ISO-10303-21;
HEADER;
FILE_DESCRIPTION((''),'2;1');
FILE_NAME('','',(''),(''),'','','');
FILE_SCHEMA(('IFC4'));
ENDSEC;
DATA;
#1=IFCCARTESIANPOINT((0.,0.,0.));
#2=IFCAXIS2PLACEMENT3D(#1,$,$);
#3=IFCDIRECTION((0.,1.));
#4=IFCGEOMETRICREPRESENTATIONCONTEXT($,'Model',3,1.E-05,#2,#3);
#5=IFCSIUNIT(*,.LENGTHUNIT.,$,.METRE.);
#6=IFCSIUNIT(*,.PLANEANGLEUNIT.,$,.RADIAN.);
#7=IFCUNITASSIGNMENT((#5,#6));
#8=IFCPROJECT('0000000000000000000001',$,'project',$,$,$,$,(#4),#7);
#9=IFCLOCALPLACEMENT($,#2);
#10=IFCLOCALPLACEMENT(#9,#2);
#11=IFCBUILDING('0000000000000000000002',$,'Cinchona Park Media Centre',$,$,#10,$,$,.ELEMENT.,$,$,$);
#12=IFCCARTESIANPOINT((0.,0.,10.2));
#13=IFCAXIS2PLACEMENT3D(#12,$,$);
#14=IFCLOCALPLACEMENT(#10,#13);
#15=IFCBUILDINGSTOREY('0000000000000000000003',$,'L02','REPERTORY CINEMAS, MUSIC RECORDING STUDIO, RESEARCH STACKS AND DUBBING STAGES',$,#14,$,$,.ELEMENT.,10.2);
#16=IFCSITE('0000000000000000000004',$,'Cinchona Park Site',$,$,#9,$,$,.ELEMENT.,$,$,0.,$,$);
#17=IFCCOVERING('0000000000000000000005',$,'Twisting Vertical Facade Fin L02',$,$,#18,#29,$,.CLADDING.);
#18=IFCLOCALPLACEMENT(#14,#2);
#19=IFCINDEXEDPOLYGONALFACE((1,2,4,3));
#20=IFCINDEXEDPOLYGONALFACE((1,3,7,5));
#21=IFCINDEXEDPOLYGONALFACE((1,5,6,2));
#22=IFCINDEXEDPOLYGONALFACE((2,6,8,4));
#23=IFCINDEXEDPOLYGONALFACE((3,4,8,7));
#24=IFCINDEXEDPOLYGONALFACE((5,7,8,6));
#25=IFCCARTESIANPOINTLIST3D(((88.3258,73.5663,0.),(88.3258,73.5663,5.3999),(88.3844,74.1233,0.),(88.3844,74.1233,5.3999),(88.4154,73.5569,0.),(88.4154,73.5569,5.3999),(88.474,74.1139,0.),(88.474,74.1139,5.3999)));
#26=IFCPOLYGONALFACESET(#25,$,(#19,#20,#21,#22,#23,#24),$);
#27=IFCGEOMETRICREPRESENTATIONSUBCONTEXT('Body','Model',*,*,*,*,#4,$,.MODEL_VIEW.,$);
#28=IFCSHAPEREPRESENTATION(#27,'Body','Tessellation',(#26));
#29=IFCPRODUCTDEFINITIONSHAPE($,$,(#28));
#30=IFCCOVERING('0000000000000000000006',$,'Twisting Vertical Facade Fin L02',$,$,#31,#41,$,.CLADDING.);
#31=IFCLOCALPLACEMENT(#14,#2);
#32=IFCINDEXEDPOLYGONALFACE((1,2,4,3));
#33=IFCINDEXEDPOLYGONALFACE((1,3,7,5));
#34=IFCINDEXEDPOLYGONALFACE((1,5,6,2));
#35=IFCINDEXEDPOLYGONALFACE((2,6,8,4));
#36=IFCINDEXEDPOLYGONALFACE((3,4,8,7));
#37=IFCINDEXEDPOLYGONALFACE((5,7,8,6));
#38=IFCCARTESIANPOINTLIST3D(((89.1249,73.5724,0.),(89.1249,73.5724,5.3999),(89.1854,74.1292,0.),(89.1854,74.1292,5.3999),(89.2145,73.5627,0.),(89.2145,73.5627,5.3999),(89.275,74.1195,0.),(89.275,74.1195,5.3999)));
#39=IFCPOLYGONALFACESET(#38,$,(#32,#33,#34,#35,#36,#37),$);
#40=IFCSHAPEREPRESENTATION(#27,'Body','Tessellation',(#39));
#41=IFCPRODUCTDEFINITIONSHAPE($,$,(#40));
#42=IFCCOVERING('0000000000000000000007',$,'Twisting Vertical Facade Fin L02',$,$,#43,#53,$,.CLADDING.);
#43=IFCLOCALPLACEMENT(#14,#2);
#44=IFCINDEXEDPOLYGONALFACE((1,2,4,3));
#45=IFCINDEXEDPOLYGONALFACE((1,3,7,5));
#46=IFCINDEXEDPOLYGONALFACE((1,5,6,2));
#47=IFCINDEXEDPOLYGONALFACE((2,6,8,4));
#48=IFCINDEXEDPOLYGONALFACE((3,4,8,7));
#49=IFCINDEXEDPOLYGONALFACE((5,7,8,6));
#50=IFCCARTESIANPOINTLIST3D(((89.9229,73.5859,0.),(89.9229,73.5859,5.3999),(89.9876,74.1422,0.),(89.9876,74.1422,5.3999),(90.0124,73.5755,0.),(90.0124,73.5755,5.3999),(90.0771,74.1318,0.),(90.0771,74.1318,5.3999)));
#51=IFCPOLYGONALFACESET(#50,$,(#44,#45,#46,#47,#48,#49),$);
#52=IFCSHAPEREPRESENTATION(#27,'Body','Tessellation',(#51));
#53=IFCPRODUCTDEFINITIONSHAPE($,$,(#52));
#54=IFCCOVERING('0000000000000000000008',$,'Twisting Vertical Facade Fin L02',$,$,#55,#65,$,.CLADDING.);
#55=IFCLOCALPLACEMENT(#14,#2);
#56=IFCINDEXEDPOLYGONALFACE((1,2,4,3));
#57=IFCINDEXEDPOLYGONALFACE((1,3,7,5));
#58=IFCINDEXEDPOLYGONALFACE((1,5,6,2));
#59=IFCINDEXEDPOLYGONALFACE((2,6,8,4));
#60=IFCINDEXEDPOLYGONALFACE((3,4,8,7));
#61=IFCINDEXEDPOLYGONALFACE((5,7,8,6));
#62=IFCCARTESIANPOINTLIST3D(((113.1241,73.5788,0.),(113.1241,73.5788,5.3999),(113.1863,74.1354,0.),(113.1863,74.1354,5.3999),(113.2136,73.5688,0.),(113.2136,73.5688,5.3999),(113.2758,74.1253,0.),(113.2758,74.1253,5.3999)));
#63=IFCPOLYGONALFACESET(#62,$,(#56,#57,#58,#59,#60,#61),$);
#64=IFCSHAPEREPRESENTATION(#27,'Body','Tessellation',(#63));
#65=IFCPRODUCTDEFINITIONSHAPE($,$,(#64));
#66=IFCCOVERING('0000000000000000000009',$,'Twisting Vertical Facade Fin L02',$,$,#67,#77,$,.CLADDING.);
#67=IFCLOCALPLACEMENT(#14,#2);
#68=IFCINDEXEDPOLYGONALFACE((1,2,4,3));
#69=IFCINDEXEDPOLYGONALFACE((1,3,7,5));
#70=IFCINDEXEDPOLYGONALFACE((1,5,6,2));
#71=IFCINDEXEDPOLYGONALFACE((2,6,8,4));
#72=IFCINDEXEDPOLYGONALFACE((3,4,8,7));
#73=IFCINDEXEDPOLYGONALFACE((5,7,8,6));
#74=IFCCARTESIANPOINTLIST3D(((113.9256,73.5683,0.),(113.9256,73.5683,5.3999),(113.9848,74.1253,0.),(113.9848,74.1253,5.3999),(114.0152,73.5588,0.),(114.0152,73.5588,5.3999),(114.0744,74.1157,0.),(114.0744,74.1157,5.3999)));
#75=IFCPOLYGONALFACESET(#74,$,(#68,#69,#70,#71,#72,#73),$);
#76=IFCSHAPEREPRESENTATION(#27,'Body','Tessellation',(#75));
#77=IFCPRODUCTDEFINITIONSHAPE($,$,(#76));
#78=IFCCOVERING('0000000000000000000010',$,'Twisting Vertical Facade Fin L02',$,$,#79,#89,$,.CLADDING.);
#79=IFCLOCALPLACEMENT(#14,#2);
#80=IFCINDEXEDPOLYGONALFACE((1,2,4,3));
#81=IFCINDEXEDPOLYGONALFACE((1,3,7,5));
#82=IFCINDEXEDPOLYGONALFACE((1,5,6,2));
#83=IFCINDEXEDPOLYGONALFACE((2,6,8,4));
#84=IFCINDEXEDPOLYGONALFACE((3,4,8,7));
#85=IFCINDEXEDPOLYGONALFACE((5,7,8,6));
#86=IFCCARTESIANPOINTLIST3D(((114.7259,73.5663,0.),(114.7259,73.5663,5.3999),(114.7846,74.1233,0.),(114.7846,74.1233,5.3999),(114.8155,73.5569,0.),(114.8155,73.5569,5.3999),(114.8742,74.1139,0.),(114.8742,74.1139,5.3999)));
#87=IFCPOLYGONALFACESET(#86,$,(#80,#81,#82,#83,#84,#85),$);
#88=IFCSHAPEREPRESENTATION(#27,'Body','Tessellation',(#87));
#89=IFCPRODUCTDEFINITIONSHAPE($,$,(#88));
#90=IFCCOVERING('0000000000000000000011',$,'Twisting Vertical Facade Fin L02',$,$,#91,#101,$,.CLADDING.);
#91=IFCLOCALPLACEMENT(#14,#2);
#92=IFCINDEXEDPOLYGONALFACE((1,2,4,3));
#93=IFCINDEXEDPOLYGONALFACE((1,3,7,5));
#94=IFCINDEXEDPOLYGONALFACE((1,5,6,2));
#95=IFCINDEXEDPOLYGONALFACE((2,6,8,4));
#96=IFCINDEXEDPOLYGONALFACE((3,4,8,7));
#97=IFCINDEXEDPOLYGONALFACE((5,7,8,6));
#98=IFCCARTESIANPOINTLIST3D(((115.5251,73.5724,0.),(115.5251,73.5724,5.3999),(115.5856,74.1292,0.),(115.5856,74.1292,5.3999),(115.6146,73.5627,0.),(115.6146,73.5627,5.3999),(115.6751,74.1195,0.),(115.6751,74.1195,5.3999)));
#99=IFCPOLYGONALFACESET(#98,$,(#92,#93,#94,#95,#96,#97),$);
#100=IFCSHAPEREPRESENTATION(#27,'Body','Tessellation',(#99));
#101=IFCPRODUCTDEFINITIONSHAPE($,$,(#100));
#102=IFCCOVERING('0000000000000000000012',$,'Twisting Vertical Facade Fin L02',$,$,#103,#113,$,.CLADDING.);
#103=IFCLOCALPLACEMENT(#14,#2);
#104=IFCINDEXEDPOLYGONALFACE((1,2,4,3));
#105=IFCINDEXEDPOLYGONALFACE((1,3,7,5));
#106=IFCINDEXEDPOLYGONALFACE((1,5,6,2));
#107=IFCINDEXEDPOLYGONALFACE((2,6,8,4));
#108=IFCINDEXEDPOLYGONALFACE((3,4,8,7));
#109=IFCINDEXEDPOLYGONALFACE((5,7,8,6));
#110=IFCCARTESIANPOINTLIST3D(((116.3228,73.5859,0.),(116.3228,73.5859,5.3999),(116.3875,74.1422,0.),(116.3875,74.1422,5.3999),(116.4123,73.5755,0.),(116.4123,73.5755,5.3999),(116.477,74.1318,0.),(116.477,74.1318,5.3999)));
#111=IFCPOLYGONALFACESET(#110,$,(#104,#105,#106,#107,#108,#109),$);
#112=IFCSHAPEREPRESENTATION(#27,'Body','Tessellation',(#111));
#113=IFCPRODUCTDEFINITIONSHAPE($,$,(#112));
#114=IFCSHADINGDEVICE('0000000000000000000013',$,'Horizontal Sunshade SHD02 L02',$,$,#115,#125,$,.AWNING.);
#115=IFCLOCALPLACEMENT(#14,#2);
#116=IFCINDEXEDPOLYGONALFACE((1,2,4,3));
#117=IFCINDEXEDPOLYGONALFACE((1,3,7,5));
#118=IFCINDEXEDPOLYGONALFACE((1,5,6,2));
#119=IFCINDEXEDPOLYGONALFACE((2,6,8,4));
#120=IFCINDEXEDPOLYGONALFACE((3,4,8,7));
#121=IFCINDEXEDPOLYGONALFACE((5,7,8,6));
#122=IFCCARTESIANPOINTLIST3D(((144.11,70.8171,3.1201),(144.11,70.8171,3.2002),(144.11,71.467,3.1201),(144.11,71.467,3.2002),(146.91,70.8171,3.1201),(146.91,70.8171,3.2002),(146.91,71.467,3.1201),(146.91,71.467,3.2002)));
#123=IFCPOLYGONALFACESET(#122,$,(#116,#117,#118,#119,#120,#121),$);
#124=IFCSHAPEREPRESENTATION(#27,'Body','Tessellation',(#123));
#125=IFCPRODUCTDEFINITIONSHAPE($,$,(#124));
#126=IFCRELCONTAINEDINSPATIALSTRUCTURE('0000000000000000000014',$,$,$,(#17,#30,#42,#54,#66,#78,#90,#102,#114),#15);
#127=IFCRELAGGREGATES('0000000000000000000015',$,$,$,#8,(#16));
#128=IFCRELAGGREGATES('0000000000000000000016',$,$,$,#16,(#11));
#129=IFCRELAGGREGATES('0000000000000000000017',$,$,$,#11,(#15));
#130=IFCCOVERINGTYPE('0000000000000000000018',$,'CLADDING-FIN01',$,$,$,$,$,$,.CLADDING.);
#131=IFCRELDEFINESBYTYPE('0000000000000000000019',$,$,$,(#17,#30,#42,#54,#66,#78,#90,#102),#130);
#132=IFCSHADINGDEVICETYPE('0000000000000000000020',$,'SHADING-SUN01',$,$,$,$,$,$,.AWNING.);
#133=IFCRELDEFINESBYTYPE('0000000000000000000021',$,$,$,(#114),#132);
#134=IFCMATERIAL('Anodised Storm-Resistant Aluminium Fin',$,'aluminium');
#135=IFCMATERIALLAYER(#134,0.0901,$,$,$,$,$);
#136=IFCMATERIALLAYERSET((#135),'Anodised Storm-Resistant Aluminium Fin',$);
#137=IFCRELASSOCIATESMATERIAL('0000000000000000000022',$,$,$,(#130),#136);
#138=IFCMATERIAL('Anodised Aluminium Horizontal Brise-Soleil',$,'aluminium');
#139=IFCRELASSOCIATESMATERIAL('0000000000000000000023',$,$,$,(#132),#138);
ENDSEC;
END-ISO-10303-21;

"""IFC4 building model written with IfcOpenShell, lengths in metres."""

from ifc_helpers import new_model, si_unit, direction, frame, origin, origin_2d, place, context, subcontext, project, spatial, rectangle, extrude, material, layer, layer_set, type_object, element, save


model = new_model("IFC4")

# Units and contexts
model_context = context("Model", 3, precision=1e-05, world=origin(), true_north=direction((0.0, 1.0)))
body_context = subcontext(model_context, "Body", "Model", "MODEL_VIEW")
ifc_project = project(units=[si_unit("LENGTHUNIT", "METRE"), si_unit("PLANEANGLEUNIT", "RADIAN")], contexts=[model_context])

# Site, building, storey
site_placement = place(None, origin())
site = spatial("IfcSite", under=ifc_project, at=site_placement, Name="Cinchona Park Site", CompositionType="ELEMENT", RefElevation=0.0)
building_placement = place(site_placement, origin())
building = spatial("IfcBuilding", under=site, at=building_placement, Name="Cinchona Park Media Centre", CompositionType="ELEMENT")
storey_placement = place(building_placement, frame((0.0, 0.0, 10.2)))
storey = spatial("IfcBuildingStorey", under=building, at=storey_placement, Name="L02", Description="REPERTORY CINEMAS, MUSIC RECORDING STUDIO, RESEARCH STACKS AND DUBBING STAGES", CompositionType="ELEMENT", Elevation=10.2)

# Coverings
ifc_material_1 = material(Name="Anodised Storm-Resistant Aluminium Fin", Category="aluminium")
ifc_layer_1 = layer(ifc_material_1, 0.0901)
ifc_layer_set_1 = layer_set([ifc_layer_1], Name="Anodised Storm-Resistant Aluminium Fin")
covering_type = type_object("IfcCoveringType", Name="CLADDING-FIN01", PredefinedType="CLADDING", material=ifc_layer_set_1)
for number, where, z_axis, x_axis, name in (
    (1, (88.3999, 73.8401, 0.0), (0.0, 0.0, 1.0), (0.104702, 0.994504, 0.0), "Twisting Vertical Facade Fin L02"),
    (2, (89.2, 73.8459, 0.0), (0.0, 0.0, 1.0), (0.107999, 0.994151, 0.0), "Twisting Vertical Facade Fin L02"),
    (3, (90.0, 73.8589, 0.0), (0.0, 0.0, 1.0), (0.115457, 0.993312, 0.0), "Twisting Vertical Facade Fin L02"),
    (4, (113.2, 73.8521, 0.0), (0.0, 0.0, 1.0), (0.111122, 0.993807, 0.0), "Twisting Vertical Facade Fin L02"),
    (5, (114.0, 73.842, 0.0), (0.0, 0.0, 1.0), (0.105743, 0.994393, 0.0), "Twisting Vertical Facade Fin L02"),
    (6, (114.8, 73.8401, 0.0), (0.0, 0.0, 1.0), (0.104702, 0.994504, 0.0), "Twisting Vertical Facade Fin L02"),
    (7, (115.6001, 73.8459, 0.0), (0.0, 0.0, 1.0), (0.107999, 0.994151, 0.0), "Twisting Vertical Facade Fin L02"),
    (8, (116.3999, 73.8589, 0.0), (0.0, 0.0, 1.0), (0.115457, 0.993312, 0.0), "Twisting Vertical Facade Fin L02"),
):
    element("IfcCovering", number, at=place(storey_placement, frame(where, z_axis=z_axis, x_axis=x_axis)), inside=storey, type_object=covering_type, Name=name, PredefinedType="CLADDING", context=body_context, shape_type="SweptSolid", body=[
        extrude(rectangle(XDim=0.5601, YDim=0.0901, at=origin_2d()), origin(), (0.0, 0.0, 1.0), 5.3999),
    ])

# Shading device
ifc_material_2 = material(Name="Anodised Aluminium Horizontal Brise-Soleil", Category="aluminium")
shading_device_type = type_object("IfcShadingDeviceType", Name="SHADING-SUN01", PredefinedType="AWNING", material=ifc_material_2)
shading_device_placement = place(storey_placement, frame((145.51, 71.1421, 3.1201), z_axis=(0.0, 0.0, 1.0), x_axis=(-1.0, 0.0, 0.0)))
element("IfcShadingDevice", 9, at=shading_device_placement, inside=storey, type_object=shading_device_type, Name="Horizontal Sunshade SHD02 L02", PredefinedType="AWNING", context=body_context, shape_type="SweptSolid", body=[
    extrude(rectangle(XDim=2.8, YDim=0.6499, at=origin_2d()), origin(), (0.0, 0.0, 1.0), 0.0801),
])

save(model, "model.ifc")
